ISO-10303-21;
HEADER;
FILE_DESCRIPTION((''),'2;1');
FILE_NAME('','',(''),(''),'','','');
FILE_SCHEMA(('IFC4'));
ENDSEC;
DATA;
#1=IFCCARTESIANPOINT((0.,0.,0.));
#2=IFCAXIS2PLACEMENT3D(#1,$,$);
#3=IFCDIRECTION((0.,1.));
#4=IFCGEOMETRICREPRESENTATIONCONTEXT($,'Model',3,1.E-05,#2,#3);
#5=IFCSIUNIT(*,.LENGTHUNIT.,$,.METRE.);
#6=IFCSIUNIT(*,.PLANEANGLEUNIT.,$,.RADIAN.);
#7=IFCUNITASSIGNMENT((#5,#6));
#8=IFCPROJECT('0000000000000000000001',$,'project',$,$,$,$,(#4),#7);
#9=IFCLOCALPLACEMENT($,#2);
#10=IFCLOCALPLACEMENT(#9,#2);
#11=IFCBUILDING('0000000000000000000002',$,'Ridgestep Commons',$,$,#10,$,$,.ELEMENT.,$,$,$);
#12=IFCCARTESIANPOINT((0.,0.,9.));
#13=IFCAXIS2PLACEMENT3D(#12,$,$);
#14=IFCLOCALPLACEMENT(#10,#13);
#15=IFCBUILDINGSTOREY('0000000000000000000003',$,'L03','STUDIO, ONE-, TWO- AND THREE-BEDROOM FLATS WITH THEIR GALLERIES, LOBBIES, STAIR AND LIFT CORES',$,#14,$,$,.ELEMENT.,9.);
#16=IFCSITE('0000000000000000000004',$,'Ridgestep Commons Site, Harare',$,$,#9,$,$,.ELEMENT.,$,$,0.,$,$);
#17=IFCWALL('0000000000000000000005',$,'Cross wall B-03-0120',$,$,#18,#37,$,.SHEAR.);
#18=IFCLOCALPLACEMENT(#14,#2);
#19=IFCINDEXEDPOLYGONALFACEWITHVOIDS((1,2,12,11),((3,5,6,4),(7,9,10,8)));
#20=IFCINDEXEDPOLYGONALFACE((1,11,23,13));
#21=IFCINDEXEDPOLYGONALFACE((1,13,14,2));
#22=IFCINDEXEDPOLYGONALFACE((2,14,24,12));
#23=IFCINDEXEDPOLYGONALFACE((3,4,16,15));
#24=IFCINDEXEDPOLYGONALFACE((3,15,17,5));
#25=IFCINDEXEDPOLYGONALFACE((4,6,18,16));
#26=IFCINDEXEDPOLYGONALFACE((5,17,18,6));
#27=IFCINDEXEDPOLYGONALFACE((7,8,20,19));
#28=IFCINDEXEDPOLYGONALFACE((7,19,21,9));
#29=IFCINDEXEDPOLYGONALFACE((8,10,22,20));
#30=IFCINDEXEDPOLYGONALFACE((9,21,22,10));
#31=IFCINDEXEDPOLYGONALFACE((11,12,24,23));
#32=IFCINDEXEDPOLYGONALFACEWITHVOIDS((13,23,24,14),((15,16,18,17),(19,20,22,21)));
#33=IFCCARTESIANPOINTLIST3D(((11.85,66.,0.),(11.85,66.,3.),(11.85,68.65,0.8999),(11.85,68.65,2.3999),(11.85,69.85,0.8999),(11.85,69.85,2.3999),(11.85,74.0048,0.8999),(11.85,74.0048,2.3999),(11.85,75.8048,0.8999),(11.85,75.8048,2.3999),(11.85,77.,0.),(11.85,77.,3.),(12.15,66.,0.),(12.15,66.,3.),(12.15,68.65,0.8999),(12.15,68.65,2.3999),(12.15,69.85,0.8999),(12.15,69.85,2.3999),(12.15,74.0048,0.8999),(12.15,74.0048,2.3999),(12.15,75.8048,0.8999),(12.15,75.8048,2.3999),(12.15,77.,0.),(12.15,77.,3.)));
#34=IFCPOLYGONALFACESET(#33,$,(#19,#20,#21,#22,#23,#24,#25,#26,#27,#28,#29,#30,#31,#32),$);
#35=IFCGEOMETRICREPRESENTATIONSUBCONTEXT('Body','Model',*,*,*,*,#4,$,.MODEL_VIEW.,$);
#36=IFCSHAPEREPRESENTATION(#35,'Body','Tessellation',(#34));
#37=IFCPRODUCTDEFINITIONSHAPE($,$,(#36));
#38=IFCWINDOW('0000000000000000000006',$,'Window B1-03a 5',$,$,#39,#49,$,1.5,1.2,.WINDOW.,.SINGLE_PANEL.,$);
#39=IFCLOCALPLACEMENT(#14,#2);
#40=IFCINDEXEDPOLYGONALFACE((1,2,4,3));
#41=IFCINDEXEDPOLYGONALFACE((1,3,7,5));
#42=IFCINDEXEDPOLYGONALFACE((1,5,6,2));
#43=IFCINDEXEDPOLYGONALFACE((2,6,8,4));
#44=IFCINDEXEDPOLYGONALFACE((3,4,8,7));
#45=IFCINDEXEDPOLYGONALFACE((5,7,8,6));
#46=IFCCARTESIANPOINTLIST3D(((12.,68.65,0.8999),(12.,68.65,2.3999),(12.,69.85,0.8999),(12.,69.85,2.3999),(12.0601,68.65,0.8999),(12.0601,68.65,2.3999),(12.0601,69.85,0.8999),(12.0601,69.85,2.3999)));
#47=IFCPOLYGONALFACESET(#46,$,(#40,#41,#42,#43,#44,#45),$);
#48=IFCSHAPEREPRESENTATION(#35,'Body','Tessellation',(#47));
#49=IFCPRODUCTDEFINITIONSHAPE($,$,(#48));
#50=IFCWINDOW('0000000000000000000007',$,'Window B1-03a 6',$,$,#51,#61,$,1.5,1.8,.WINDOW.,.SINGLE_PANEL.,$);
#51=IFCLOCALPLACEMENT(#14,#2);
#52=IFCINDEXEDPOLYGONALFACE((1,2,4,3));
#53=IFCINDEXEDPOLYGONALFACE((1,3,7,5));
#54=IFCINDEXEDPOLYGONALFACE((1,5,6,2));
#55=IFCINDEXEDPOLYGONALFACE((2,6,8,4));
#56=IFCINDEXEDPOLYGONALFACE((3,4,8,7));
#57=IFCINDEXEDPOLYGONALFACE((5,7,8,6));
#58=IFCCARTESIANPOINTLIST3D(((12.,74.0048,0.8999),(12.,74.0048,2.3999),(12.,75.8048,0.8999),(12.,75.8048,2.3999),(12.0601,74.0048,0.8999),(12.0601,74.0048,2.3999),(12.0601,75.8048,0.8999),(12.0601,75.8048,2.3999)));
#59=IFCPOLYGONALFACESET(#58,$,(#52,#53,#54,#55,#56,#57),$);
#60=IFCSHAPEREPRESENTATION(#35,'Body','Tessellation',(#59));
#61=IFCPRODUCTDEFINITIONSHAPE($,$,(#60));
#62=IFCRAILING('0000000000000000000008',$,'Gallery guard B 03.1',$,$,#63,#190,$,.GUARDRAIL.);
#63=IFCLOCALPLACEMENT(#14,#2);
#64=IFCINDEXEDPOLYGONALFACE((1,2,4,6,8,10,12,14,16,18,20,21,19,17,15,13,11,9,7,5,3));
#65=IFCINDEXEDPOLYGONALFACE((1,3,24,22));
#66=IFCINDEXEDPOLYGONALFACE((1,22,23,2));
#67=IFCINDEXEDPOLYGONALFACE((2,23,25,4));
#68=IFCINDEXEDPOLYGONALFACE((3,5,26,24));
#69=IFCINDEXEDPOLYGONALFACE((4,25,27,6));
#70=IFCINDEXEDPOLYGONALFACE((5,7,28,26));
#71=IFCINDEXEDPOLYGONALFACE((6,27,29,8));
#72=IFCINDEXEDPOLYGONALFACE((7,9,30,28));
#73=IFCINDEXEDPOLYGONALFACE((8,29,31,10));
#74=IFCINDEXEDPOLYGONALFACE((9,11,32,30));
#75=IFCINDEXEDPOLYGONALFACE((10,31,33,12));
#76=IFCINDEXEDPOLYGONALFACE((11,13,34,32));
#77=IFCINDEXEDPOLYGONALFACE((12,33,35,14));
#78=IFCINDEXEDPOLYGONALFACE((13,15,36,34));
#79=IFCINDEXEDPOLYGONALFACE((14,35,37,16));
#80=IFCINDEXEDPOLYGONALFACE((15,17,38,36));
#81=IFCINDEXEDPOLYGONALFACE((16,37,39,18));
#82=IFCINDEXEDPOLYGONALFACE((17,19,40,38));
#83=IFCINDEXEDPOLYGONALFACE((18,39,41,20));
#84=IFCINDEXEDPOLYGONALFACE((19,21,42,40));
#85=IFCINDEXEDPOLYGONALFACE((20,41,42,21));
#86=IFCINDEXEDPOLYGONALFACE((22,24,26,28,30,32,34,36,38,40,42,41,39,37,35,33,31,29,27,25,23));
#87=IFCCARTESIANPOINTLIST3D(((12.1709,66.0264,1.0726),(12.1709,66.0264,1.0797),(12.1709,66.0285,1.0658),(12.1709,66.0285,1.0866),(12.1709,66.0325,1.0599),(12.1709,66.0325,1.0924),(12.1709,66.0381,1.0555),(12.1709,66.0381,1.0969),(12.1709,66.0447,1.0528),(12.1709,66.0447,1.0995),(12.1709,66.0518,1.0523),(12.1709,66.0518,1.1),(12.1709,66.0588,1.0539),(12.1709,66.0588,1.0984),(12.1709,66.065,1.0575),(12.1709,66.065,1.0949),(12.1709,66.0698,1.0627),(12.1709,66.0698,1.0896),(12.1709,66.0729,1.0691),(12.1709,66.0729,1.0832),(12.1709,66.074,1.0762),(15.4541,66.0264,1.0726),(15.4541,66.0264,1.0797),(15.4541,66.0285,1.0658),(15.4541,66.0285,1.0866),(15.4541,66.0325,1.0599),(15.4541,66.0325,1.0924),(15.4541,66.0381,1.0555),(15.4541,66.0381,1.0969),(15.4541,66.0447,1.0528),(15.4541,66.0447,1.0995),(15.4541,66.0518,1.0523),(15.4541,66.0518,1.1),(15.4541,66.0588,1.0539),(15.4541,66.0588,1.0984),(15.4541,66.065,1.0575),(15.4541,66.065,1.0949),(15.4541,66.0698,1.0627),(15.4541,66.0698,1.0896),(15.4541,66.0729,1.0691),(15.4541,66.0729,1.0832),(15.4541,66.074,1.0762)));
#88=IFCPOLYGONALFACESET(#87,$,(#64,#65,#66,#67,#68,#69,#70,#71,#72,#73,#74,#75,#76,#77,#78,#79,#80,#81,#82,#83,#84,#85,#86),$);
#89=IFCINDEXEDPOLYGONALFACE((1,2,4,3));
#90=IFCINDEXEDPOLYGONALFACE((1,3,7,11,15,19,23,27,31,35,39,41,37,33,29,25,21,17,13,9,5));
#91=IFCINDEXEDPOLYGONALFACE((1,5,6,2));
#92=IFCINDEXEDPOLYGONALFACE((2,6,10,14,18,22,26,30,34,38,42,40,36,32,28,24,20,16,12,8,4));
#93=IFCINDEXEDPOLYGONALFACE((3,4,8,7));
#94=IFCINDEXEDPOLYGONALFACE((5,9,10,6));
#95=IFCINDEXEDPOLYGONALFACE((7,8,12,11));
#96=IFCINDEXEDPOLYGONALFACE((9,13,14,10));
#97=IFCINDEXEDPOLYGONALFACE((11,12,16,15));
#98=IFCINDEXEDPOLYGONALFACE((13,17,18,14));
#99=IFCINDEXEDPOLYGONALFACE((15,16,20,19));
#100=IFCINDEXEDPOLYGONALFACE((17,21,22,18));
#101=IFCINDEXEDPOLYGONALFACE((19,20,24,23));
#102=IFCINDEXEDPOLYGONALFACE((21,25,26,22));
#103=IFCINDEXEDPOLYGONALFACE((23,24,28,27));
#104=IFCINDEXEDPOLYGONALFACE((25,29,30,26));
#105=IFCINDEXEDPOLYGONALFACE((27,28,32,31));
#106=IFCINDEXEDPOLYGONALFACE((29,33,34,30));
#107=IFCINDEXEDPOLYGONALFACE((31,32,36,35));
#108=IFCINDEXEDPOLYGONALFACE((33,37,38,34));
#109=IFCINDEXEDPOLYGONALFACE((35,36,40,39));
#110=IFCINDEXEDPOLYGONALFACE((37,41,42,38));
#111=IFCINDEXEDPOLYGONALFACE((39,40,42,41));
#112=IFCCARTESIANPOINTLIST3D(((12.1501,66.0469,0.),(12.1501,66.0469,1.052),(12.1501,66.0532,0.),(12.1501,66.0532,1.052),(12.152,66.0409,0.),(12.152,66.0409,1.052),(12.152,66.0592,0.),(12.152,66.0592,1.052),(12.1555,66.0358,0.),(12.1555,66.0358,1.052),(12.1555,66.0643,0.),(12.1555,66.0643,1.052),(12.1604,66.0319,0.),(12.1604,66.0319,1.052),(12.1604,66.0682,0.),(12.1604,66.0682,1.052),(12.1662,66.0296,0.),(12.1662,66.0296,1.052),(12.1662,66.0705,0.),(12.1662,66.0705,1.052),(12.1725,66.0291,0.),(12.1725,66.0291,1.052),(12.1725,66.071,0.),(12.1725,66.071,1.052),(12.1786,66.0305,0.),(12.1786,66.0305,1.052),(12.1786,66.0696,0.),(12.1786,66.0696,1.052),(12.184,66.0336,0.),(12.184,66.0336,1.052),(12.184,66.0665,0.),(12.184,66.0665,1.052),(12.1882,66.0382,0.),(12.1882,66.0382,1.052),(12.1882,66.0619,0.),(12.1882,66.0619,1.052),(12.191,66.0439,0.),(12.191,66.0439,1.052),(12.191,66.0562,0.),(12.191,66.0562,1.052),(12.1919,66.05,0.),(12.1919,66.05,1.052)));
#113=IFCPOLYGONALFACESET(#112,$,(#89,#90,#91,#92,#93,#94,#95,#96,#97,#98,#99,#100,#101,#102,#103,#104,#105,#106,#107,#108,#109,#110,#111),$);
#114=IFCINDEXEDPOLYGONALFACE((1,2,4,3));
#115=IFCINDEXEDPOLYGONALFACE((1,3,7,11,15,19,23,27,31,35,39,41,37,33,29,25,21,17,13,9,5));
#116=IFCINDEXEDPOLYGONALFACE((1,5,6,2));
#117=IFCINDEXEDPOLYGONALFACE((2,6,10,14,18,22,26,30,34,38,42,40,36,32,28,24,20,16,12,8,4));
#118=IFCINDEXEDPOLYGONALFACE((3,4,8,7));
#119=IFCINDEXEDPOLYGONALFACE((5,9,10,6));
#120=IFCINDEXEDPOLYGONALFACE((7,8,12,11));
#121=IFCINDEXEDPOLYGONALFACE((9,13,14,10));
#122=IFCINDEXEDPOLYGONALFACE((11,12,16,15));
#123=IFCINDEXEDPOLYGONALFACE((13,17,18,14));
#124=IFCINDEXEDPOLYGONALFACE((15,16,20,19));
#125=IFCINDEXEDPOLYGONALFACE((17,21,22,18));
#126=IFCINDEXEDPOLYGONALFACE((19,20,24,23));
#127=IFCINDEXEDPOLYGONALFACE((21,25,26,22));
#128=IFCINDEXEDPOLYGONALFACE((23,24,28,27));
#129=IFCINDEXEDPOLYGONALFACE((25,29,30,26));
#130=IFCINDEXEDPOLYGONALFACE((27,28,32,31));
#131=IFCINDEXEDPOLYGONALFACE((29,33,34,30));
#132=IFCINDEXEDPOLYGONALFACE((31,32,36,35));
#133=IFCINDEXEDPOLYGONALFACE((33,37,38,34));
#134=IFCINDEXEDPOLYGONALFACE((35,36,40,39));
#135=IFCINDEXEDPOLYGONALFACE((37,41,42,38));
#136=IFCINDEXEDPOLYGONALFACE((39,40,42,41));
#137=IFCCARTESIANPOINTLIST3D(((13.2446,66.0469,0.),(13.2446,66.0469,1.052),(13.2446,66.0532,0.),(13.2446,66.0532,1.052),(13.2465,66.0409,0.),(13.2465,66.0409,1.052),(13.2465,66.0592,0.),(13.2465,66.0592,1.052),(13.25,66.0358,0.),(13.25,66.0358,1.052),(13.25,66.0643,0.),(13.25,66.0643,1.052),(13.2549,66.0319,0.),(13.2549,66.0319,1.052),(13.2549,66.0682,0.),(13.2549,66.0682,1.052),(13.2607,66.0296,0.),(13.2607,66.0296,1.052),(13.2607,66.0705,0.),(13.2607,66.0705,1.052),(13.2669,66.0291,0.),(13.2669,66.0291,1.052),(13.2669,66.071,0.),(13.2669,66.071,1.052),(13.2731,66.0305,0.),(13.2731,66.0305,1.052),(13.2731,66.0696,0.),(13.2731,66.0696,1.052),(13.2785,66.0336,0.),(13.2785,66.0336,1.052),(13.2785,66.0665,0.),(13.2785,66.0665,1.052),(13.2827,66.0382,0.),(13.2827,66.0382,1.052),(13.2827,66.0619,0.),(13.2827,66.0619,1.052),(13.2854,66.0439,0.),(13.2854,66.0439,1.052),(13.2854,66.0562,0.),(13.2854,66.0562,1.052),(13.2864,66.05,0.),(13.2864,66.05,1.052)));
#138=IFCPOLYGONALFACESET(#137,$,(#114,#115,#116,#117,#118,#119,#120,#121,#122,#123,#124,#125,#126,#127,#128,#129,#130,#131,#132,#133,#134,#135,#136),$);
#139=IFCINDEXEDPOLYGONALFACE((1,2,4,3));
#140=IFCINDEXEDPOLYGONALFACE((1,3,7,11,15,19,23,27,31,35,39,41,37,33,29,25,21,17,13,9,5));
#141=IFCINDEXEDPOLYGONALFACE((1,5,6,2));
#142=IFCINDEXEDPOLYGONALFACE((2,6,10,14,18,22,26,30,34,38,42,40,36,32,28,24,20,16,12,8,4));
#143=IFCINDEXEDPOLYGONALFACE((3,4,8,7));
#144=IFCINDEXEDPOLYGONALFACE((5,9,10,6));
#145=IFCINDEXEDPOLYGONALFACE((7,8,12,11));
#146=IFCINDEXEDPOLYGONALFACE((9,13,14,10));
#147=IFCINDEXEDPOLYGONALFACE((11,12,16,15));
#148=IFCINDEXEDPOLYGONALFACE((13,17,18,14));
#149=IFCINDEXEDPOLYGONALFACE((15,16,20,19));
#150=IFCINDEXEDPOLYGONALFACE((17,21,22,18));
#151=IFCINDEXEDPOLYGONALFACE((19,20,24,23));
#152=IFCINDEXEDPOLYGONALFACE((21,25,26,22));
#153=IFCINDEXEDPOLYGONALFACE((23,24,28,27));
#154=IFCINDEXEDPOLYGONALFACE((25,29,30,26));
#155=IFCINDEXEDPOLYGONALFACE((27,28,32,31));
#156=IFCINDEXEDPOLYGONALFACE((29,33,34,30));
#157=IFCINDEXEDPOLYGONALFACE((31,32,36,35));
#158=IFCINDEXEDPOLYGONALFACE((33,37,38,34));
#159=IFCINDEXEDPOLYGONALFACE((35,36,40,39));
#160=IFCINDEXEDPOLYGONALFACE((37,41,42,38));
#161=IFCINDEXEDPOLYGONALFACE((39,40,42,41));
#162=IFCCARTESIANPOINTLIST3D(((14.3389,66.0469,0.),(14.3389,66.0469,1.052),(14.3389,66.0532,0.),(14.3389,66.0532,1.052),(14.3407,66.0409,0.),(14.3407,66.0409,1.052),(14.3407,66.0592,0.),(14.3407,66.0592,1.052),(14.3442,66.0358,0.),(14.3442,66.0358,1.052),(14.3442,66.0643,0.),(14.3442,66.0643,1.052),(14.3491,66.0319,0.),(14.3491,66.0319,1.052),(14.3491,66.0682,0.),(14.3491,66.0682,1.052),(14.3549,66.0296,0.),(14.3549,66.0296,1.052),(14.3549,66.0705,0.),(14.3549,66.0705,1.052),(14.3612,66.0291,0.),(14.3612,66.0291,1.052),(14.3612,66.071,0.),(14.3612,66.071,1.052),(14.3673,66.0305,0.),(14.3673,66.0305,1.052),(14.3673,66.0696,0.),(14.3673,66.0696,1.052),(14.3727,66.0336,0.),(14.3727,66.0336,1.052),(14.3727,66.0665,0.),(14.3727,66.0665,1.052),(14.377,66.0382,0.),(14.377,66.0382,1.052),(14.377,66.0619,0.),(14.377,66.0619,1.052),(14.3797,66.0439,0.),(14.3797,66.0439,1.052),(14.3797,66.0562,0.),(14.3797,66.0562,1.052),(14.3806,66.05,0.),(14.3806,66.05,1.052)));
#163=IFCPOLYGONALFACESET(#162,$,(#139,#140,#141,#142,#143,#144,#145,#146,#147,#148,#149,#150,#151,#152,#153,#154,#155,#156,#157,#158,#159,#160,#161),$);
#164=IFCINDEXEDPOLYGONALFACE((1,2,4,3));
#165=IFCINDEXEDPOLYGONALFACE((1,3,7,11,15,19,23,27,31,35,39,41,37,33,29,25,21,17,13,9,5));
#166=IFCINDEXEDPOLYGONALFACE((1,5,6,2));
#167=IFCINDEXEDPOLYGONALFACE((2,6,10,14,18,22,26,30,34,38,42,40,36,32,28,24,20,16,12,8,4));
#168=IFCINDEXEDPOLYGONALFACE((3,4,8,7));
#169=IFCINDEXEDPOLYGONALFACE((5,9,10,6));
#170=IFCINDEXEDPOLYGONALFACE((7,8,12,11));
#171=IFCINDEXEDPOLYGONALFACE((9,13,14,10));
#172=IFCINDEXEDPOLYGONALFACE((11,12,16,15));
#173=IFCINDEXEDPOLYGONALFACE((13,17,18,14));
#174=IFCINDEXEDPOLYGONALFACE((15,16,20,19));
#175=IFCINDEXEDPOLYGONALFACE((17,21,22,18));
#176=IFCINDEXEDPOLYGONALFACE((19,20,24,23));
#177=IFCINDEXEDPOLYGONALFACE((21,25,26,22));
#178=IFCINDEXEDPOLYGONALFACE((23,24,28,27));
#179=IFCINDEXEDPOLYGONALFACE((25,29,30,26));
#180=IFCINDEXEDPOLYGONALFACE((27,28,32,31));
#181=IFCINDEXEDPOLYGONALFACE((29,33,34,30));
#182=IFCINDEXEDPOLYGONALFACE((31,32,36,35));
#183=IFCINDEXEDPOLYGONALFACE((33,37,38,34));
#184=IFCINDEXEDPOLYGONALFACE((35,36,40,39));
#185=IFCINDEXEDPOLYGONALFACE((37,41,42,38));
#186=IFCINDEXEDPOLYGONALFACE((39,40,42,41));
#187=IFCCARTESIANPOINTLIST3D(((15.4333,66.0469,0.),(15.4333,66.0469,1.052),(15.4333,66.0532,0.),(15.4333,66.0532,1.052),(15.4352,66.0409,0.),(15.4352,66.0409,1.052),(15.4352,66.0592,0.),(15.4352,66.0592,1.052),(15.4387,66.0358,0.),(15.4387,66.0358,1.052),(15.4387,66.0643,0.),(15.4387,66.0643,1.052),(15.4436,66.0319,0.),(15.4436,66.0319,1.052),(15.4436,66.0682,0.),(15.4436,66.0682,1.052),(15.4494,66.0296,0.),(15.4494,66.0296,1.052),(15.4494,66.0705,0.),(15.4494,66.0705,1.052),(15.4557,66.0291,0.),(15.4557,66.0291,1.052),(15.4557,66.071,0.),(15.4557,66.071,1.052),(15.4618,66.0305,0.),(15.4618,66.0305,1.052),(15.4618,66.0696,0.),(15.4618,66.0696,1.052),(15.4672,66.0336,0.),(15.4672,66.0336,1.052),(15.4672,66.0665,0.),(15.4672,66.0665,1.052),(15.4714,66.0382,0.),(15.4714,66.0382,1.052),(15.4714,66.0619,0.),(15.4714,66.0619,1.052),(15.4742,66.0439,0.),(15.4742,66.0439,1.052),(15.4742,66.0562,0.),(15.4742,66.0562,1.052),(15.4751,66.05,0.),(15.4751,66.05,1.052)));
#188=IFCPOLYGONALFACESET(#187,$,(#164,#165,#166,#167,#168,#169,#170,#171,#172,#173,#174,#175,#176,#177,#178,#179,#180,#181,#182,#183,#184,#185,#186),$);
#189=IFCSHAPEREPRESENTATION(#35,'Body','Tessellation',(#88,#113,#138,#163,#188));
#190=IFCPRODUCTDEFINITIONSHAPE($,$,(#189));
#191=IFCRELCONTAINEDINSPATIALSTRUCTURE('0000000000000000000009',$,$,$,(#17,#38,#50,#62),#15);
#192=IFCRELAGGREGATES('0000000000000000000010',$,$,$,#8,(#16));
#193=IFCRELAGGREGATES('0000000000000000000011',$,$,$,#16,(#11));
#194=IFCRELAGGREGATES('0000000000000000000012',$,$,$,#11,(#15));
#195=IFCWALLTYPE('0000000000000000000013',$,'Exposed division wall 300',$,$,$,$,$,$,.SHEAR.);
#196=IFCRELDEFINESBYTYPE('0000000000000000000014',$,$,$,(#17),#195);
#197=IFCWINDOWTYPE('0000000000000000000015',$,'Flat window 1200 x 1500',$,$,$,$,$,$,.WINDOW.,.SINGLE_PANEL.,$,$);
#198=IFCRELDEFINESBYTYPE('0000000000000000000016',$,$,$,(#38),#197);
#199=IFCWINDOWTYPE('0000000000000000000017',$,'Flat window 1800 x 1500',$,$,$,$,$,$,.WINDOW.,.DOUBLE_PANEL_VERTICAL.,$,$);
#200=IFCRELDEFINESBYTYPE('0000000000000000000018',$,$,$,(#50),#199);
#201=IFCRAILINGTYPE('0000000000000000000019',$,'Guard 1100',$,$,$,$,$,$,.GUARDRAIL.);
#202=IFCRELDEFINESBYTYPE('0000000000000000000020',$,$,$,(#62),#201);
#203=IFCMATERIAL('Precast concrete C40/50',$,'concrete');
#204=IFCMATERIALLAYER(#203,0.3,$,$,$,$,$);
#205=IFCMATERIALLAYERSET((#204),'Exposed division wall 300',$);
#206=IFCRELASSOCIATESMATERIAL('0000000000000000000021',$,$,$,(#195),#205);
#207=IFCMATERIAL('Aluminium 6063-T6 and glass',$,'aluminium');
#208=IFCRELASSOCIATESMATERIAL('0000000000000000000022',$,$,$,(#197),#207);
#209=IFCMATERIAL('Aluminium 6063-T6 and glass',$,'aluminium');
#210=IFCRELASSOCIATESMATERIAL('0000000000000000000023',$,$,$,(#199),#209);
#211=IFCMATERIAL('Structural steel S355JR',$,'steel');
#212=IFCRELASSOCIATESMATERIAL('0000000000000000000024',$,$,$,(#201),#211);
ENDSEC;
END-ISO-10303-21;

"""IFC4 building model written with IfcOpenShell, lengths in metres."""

from ifc_helpers import new_model, si_unit, direction, frame, frame_2d, origin, origin_2d, place, context, subcontext, project, spatial, rectangle, circle, extrude, material, layer, layer_set, type_object, element, fill, save


model = new_model("IFC4")

# Units and contexts
model_context = context("Model", 3, precision=1e-05, world=origin(), true_north=direction((0.0, 1.0)))
body_context = subcontext(model_context, "Body", "Model", "MODEL_VIEW")
ifc_project = project(units=[si_unit("LENGTHUNIT", "METRE"), si_unit("PLANEANGLEUNIT", "RADIAN")], contexts=[model_context])

# Site, building, storey
site_placement = place(None, origin())
site = spatial("IfcSite", under=ifc_project, at=site_placement, Name="Ridgestep Commons Site, Harare", CompositionType="ELEMENT", RefElevation=0.0)
building_placement = place(site_placement, origin())
building = spatial("IfcBuilding", under=site, at=building_placement, Name="Ridgestep Commons", CompositionType="ELEMENT")
storey_placement = place(building_placement, frame((0.0, 0.0, 9.0)))
storey = spatial("IfcBuildingStorey", under=building, at=storey_placement, Name="L03", Description="STUDIO, ONE-, TWO- AND THREE-BEDROOM FLATS WITH THEIR GALLERIES, LOBBIES, STAIR AND LIFT CORES", CompositionType="ELEMENT", Elevation=9.0)

# Wall, openings, windows
ifc_material_1 = material(Name="Precast concrete C40/50", Category="concrete")
ifc_layer_1 = layer(ifc_material_1, 0.3)
ifc_layer_set_1 = layer_set([ifc_layer_1], Name="Exposed division wall 300")
wall_type_1 = type_object("IfcWallType", Name="Exposed division wall 300", PredefinedType="SHEAR", material=ifc_layer_set_1)
wall_1_placement = place(storey_placement, frame((12.0, 66.0, 0.0), z_axis=(0.0, 0.0, 1.0), x_axis=(0.0, 1.0, 0.0)))
wall_1 = element("IfcWall", 1, at=wall_1_placement, inside=storey, type_object=wall_type_1, Name="Cross wall B-03-0120", PredefinedType="SHEAR", context=body_context, shape_type="SweptSolid", body=[
    extrude(rectangle(XDim=11.0, YDim=0.3, at=frame_2d((5.5, 0.0))), origin(), (0.0, 0.0, 1.0), 3.0),
])
opening_1_placement = place(wall_1_placement, frame((2.6499, 0.0, 0.8999)))
opening_1 = element("IfcOpeningElement", 2, at=opening_1_placement, cuts=wall_1, PredefinedType="OPENING", context=body_context, shape_type="SweptSolid", body=[
    extrude(rectangle(XDim=1.2, YDim=1.5, at=frame_2d((0.6001, 0.75))), frame((0.0, 0.1599, 0.0), z_axis=(0.0, -1.0, 0.0), x_axis=(1.0, 0.0, 0.0)), (0.0, 0.0, 1.0), 0.3201),
])
opening_2_placement = place(wall_1_placement, frame((8.0049, 0.0, 0.8999)))
opening_2 = element("IfcOpeningElement", 3, at=opening_2_placement, cuts=wall_1, PredefinedType="OPENING", context=body_context, shape_type="SweptSolid", body=[
    extrude(rectangle(XDim=1.8, YDim=1.5, at=frame_2d((0.8999, 0.75))), frame((0.0, 0.1599, 0.0), z_axis=(0.0, -1.0, 0.0), x_axis=(1.0, 0.0, 0.0)), (0.0, 0.0, 1.0), 0.3201),
])
ifc_material_2 = material(Name="Aluminium 6063-T6 and glass", Category="aluminium")
window_type_1 = type_object("IfcWindowType", Name="Flat window 1200 x 1500", PartitioningType="SINGLE_PANEL", PredefinedType="WINDOW", material=ifc_material_2)
window_1_placement = place(opening_1_placement, origin())
window_1 = element("IfcWindow", 4, at=window_1_placement, inside=storey, type_object=window_type_1, Name="Window B1-03a 5", OverallHeight=1.5, OverallWidth=1.2, PartitioningType="SINGLE_PANEL", PredefinedType="WINDOW", context=body_context, shape_type="SweptSolid", body=[
    extrude(rectangle(XDim=1.2, YDim=1.5, at=frame_2d((0.6001, 0.75))), frame((0.0, 0.0, 0.0), z_axis=(0.0, -1.0, 0.0), x_axis=(1.0, 0.0, 0.0)), (0.0, 0.0, 1.0), 0.0601),
])
fill(opening_1, window_1)
ifc_material_3 = material(Name="Aluminium 6063-T6 and glass", Category="aluminium")
window_type_2 = type_object("IfcWindowType", Name="Flat window 1800 x 1500", PartitioningType="DOUBLE_PANEL_VERTICAL", PredefinedType="WINDOW", material=ifc_material_3)
window_2_placement = place(opening_2_placement, origin())
window_2 = element("IfcWindow", 5, at=window_2_placement, inside=storey, type_object=window_type_2, Name="Window B1-03a 6", OverallHeight=1.5, OverallWidth=1.8, PartitioningType="SINGLE_PANEL", PredefinedType="WINDOW", context=body_context, shape_type="SweptSolid", body=[
    extrude(rectangle(XDim=1.8, YDim=1.5, at=frame_2d((0.8999, 0.75))), frame((0.0, 0.0, 0.0), z_axis=(0.0, -1.0, 0.0), x_axis=(1.0, 0.0, 0.0)), (0.0, 0.0, 1.0), 0.0601),
])
fill(opening_2, window_2)

# Railing
ifc_material_4 = material(Name="Structural steel S355JR", Category="steel")
railing_type_1 = type_object("IfcRailingType", Name="Guard 1100", PredefinedType="GUARDRAIL", material=ifc_material_4)
railing_1_placement = place(storey_placement, frame((12.1709, 66.05, 0.0)))
element("IfcRailing", 6, at=railing_1_placement, inside=storey, type_object=railing_type_1, Name="Gallery guard B 03.1", PredefinedType="GUARDRAIL", context=body_context, shape_type="SweptSolid", body=[
    extrude(circle(Radius=0.0239, at=origin_2d()), frame((0.0, 0.0, 1.0762), z_axis=(1.0, 0.0, 0.0), x_axis=(0.0, 1.0, 0.0)), (0.0, 0.0, 1.0), 3.2832),
    extrude(circle(Radius=0.021, at=origin_2d()), origin(), (0.0, 0.0, 1.0), 1.052),
    extrude(circle(Radius=0.021, at=origin_2d()), frame((1.0945, 0.0, 0.0)), (0.0, 0.0, 1.0), 1.052),
    extrude(circle(Radius=0.021, at=origin_2d()), frame((2.1887, 0.0, 0.0)), (0.0, 0.0, 1.0), 1.052),
    extrude(circle(Radius=0.021, at=origin_2d()), frame((3.2832, 0.0, 0.0)), (0.0, 0.0, 1.0), 1.052),
])

save(model, "model.ifc")
